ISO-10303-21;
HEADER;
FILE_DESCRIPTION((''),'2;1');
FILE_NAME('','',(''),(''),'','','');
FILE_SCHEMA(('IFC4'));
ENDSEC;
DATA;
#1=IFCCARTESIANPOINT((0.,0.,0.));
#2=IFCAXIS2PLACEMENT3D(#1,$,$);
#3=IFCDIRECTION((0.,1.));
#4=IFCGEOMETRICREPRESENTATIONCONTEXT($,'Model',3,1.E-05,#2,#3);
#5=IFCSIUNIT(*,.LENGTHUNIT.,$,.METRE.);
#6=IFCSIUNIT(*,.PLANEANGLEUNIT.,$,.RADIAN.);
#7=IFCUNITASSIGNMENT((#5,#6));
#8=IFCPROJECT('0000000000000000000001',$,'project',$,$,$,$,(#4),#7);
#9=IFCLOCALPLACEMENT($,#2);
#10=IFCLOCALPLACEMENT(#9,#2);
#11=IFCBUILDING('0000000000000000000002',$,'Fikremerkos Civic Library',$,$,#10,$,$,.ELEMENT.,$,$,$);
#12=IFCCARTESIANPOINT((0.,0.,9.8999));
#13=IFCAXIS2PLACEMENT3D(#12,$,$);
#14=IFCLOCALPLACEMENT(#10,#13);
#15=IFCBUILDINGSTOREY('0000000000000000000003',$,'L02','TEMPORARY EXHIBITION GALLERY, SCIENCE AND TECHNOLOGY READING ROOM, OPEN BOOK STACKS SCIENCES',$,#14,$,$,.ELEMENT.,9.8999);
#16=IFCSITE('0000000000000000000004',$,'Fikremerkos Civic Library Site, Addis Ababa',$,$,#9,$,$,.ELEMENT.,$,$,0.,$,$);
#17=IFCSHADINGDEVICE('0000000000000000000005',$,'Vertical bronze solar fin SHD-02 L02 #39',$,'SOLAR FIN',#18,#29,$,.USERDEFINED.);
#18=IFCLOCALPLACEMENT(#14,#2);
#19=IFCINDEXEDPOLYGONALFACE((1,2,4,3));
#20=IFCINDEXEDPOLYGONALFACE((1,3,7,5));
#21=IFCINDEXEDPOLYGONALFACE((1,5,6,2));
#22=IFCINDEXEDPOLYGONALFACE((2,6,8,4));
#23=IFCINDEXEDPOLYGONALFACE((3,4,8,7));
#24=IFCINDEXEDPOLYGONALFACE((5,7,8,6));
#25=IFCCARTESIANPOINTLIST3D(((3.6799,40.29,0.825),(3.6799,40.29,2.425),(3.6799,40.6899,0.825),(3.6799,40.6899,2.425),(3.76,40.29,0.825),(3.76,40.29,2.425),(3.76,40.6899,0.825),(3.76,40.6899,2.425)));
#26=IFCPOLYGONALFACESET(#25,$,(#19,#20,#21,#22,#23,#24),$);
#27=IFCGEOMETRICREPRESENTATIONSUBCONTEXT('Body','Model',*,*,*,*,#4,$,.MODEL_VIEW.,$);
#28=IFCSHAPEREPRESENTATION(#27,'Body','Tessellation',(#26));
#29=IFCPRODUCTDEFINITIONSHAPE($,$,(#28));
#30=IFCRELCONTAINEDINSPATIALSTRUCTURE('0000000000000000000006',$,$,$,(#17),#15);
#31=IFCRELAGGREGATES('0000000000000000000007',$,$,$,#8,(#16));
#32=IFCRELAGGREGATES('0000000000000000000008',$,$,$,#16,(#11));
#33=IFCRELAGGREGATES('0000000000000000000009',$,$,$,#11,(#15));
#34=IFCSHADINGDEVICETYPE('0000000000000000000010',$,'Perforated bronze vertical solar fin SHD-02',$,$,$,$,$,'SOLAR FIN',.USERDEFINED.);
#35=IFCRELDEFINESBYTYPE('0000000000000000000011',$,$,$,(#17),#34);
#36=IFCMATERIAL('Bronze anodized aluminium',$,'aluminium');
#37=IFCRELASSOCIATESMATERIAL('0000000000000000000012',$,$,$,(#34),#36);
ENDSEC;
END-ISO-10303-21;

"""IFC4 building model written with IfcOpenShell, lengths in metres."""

from ifc_helpers import new_model, si_unit, direction, frame, origin, origin_2d, place, context, subcontext, project, spatial, rectangle, extrude, material, type_object, element, save


model = new_model("IFC4")

# Units and contexts
model_context = context("Model", 3, precision=1e-05, world=origin(), true_north=direction((0.0, 1.0)))
body_context = subcontext(model_context, "Body", "Model", "MODEL_VIEW")
ifc_project = project(units=[si_unit("LENGTHUNIT", "METRE"), si_unit("PLANEANGLEUNIT", "RADIAN")], contexts=[model_context])

# Site, building, storey
site_placement = place(None, origin())
site = spatial("IfcSite", under=ifc_project, at=site_placement, Name="Fikremerkos Civic Library Site, Addis Ababa", CompositionType="ELEMENT", RefElevation=0.0)
building_placement = place(site_placement, origin())
building = spatial("IfcBuilding", under=site, at=building_placement, Name="Fikremerkos Civic Library", CompositionType="ELEMENT")
storey_placement = place(building_placement, frame((0.0, 0.0, 9.8999)))
storey = spatial("IfcBuildingStorey", under=building, at=storey_placement, Name="L02", Description="TEMPORARY EXHIBITION GALLERY, SCIENCE AND TECHNOLOGY READING ROOM, OPEN BOOK STACKS SCIENCES", CompositionType="ELEMENT", Elevation=9.8999)

# Shading device
ifc_material_1 = material(Name="Bronze anodized aluminium", Category="aluminium")
shading_device_type = type_object("IfcShadingDeviceType", Name="Perforated bronze vertical solar fin SHD-02", ElementType="SOLAR FIN", PredefinedType="USERDEFINED", material=ifc_material_1)
shading_device_placement = place(storey_placement, frame((3.72, 40.49, 0.825), z_axis=(0.0, 0.0, 1.0), x_axis=(1.0, 0.0, 0.0)))
element("IfcShadingDevice", 1, at=shading_device_placement, inside=storey, type_object=shading_device_type, Name="Vertical bronze solar fin SHD-02 L02 #39", ObjectType="SOLAR FIN", PredefinedType="USERDEFINED", context=body_context, shape_type="SweptSolid", body=[
    extrude(rectangle(XDim=0.0801, YDim=0.3999, at=origin_2d()), origin(), (0.0, 0.0, 1.0), 1.6001),
])

save(model, "model.ifc")
